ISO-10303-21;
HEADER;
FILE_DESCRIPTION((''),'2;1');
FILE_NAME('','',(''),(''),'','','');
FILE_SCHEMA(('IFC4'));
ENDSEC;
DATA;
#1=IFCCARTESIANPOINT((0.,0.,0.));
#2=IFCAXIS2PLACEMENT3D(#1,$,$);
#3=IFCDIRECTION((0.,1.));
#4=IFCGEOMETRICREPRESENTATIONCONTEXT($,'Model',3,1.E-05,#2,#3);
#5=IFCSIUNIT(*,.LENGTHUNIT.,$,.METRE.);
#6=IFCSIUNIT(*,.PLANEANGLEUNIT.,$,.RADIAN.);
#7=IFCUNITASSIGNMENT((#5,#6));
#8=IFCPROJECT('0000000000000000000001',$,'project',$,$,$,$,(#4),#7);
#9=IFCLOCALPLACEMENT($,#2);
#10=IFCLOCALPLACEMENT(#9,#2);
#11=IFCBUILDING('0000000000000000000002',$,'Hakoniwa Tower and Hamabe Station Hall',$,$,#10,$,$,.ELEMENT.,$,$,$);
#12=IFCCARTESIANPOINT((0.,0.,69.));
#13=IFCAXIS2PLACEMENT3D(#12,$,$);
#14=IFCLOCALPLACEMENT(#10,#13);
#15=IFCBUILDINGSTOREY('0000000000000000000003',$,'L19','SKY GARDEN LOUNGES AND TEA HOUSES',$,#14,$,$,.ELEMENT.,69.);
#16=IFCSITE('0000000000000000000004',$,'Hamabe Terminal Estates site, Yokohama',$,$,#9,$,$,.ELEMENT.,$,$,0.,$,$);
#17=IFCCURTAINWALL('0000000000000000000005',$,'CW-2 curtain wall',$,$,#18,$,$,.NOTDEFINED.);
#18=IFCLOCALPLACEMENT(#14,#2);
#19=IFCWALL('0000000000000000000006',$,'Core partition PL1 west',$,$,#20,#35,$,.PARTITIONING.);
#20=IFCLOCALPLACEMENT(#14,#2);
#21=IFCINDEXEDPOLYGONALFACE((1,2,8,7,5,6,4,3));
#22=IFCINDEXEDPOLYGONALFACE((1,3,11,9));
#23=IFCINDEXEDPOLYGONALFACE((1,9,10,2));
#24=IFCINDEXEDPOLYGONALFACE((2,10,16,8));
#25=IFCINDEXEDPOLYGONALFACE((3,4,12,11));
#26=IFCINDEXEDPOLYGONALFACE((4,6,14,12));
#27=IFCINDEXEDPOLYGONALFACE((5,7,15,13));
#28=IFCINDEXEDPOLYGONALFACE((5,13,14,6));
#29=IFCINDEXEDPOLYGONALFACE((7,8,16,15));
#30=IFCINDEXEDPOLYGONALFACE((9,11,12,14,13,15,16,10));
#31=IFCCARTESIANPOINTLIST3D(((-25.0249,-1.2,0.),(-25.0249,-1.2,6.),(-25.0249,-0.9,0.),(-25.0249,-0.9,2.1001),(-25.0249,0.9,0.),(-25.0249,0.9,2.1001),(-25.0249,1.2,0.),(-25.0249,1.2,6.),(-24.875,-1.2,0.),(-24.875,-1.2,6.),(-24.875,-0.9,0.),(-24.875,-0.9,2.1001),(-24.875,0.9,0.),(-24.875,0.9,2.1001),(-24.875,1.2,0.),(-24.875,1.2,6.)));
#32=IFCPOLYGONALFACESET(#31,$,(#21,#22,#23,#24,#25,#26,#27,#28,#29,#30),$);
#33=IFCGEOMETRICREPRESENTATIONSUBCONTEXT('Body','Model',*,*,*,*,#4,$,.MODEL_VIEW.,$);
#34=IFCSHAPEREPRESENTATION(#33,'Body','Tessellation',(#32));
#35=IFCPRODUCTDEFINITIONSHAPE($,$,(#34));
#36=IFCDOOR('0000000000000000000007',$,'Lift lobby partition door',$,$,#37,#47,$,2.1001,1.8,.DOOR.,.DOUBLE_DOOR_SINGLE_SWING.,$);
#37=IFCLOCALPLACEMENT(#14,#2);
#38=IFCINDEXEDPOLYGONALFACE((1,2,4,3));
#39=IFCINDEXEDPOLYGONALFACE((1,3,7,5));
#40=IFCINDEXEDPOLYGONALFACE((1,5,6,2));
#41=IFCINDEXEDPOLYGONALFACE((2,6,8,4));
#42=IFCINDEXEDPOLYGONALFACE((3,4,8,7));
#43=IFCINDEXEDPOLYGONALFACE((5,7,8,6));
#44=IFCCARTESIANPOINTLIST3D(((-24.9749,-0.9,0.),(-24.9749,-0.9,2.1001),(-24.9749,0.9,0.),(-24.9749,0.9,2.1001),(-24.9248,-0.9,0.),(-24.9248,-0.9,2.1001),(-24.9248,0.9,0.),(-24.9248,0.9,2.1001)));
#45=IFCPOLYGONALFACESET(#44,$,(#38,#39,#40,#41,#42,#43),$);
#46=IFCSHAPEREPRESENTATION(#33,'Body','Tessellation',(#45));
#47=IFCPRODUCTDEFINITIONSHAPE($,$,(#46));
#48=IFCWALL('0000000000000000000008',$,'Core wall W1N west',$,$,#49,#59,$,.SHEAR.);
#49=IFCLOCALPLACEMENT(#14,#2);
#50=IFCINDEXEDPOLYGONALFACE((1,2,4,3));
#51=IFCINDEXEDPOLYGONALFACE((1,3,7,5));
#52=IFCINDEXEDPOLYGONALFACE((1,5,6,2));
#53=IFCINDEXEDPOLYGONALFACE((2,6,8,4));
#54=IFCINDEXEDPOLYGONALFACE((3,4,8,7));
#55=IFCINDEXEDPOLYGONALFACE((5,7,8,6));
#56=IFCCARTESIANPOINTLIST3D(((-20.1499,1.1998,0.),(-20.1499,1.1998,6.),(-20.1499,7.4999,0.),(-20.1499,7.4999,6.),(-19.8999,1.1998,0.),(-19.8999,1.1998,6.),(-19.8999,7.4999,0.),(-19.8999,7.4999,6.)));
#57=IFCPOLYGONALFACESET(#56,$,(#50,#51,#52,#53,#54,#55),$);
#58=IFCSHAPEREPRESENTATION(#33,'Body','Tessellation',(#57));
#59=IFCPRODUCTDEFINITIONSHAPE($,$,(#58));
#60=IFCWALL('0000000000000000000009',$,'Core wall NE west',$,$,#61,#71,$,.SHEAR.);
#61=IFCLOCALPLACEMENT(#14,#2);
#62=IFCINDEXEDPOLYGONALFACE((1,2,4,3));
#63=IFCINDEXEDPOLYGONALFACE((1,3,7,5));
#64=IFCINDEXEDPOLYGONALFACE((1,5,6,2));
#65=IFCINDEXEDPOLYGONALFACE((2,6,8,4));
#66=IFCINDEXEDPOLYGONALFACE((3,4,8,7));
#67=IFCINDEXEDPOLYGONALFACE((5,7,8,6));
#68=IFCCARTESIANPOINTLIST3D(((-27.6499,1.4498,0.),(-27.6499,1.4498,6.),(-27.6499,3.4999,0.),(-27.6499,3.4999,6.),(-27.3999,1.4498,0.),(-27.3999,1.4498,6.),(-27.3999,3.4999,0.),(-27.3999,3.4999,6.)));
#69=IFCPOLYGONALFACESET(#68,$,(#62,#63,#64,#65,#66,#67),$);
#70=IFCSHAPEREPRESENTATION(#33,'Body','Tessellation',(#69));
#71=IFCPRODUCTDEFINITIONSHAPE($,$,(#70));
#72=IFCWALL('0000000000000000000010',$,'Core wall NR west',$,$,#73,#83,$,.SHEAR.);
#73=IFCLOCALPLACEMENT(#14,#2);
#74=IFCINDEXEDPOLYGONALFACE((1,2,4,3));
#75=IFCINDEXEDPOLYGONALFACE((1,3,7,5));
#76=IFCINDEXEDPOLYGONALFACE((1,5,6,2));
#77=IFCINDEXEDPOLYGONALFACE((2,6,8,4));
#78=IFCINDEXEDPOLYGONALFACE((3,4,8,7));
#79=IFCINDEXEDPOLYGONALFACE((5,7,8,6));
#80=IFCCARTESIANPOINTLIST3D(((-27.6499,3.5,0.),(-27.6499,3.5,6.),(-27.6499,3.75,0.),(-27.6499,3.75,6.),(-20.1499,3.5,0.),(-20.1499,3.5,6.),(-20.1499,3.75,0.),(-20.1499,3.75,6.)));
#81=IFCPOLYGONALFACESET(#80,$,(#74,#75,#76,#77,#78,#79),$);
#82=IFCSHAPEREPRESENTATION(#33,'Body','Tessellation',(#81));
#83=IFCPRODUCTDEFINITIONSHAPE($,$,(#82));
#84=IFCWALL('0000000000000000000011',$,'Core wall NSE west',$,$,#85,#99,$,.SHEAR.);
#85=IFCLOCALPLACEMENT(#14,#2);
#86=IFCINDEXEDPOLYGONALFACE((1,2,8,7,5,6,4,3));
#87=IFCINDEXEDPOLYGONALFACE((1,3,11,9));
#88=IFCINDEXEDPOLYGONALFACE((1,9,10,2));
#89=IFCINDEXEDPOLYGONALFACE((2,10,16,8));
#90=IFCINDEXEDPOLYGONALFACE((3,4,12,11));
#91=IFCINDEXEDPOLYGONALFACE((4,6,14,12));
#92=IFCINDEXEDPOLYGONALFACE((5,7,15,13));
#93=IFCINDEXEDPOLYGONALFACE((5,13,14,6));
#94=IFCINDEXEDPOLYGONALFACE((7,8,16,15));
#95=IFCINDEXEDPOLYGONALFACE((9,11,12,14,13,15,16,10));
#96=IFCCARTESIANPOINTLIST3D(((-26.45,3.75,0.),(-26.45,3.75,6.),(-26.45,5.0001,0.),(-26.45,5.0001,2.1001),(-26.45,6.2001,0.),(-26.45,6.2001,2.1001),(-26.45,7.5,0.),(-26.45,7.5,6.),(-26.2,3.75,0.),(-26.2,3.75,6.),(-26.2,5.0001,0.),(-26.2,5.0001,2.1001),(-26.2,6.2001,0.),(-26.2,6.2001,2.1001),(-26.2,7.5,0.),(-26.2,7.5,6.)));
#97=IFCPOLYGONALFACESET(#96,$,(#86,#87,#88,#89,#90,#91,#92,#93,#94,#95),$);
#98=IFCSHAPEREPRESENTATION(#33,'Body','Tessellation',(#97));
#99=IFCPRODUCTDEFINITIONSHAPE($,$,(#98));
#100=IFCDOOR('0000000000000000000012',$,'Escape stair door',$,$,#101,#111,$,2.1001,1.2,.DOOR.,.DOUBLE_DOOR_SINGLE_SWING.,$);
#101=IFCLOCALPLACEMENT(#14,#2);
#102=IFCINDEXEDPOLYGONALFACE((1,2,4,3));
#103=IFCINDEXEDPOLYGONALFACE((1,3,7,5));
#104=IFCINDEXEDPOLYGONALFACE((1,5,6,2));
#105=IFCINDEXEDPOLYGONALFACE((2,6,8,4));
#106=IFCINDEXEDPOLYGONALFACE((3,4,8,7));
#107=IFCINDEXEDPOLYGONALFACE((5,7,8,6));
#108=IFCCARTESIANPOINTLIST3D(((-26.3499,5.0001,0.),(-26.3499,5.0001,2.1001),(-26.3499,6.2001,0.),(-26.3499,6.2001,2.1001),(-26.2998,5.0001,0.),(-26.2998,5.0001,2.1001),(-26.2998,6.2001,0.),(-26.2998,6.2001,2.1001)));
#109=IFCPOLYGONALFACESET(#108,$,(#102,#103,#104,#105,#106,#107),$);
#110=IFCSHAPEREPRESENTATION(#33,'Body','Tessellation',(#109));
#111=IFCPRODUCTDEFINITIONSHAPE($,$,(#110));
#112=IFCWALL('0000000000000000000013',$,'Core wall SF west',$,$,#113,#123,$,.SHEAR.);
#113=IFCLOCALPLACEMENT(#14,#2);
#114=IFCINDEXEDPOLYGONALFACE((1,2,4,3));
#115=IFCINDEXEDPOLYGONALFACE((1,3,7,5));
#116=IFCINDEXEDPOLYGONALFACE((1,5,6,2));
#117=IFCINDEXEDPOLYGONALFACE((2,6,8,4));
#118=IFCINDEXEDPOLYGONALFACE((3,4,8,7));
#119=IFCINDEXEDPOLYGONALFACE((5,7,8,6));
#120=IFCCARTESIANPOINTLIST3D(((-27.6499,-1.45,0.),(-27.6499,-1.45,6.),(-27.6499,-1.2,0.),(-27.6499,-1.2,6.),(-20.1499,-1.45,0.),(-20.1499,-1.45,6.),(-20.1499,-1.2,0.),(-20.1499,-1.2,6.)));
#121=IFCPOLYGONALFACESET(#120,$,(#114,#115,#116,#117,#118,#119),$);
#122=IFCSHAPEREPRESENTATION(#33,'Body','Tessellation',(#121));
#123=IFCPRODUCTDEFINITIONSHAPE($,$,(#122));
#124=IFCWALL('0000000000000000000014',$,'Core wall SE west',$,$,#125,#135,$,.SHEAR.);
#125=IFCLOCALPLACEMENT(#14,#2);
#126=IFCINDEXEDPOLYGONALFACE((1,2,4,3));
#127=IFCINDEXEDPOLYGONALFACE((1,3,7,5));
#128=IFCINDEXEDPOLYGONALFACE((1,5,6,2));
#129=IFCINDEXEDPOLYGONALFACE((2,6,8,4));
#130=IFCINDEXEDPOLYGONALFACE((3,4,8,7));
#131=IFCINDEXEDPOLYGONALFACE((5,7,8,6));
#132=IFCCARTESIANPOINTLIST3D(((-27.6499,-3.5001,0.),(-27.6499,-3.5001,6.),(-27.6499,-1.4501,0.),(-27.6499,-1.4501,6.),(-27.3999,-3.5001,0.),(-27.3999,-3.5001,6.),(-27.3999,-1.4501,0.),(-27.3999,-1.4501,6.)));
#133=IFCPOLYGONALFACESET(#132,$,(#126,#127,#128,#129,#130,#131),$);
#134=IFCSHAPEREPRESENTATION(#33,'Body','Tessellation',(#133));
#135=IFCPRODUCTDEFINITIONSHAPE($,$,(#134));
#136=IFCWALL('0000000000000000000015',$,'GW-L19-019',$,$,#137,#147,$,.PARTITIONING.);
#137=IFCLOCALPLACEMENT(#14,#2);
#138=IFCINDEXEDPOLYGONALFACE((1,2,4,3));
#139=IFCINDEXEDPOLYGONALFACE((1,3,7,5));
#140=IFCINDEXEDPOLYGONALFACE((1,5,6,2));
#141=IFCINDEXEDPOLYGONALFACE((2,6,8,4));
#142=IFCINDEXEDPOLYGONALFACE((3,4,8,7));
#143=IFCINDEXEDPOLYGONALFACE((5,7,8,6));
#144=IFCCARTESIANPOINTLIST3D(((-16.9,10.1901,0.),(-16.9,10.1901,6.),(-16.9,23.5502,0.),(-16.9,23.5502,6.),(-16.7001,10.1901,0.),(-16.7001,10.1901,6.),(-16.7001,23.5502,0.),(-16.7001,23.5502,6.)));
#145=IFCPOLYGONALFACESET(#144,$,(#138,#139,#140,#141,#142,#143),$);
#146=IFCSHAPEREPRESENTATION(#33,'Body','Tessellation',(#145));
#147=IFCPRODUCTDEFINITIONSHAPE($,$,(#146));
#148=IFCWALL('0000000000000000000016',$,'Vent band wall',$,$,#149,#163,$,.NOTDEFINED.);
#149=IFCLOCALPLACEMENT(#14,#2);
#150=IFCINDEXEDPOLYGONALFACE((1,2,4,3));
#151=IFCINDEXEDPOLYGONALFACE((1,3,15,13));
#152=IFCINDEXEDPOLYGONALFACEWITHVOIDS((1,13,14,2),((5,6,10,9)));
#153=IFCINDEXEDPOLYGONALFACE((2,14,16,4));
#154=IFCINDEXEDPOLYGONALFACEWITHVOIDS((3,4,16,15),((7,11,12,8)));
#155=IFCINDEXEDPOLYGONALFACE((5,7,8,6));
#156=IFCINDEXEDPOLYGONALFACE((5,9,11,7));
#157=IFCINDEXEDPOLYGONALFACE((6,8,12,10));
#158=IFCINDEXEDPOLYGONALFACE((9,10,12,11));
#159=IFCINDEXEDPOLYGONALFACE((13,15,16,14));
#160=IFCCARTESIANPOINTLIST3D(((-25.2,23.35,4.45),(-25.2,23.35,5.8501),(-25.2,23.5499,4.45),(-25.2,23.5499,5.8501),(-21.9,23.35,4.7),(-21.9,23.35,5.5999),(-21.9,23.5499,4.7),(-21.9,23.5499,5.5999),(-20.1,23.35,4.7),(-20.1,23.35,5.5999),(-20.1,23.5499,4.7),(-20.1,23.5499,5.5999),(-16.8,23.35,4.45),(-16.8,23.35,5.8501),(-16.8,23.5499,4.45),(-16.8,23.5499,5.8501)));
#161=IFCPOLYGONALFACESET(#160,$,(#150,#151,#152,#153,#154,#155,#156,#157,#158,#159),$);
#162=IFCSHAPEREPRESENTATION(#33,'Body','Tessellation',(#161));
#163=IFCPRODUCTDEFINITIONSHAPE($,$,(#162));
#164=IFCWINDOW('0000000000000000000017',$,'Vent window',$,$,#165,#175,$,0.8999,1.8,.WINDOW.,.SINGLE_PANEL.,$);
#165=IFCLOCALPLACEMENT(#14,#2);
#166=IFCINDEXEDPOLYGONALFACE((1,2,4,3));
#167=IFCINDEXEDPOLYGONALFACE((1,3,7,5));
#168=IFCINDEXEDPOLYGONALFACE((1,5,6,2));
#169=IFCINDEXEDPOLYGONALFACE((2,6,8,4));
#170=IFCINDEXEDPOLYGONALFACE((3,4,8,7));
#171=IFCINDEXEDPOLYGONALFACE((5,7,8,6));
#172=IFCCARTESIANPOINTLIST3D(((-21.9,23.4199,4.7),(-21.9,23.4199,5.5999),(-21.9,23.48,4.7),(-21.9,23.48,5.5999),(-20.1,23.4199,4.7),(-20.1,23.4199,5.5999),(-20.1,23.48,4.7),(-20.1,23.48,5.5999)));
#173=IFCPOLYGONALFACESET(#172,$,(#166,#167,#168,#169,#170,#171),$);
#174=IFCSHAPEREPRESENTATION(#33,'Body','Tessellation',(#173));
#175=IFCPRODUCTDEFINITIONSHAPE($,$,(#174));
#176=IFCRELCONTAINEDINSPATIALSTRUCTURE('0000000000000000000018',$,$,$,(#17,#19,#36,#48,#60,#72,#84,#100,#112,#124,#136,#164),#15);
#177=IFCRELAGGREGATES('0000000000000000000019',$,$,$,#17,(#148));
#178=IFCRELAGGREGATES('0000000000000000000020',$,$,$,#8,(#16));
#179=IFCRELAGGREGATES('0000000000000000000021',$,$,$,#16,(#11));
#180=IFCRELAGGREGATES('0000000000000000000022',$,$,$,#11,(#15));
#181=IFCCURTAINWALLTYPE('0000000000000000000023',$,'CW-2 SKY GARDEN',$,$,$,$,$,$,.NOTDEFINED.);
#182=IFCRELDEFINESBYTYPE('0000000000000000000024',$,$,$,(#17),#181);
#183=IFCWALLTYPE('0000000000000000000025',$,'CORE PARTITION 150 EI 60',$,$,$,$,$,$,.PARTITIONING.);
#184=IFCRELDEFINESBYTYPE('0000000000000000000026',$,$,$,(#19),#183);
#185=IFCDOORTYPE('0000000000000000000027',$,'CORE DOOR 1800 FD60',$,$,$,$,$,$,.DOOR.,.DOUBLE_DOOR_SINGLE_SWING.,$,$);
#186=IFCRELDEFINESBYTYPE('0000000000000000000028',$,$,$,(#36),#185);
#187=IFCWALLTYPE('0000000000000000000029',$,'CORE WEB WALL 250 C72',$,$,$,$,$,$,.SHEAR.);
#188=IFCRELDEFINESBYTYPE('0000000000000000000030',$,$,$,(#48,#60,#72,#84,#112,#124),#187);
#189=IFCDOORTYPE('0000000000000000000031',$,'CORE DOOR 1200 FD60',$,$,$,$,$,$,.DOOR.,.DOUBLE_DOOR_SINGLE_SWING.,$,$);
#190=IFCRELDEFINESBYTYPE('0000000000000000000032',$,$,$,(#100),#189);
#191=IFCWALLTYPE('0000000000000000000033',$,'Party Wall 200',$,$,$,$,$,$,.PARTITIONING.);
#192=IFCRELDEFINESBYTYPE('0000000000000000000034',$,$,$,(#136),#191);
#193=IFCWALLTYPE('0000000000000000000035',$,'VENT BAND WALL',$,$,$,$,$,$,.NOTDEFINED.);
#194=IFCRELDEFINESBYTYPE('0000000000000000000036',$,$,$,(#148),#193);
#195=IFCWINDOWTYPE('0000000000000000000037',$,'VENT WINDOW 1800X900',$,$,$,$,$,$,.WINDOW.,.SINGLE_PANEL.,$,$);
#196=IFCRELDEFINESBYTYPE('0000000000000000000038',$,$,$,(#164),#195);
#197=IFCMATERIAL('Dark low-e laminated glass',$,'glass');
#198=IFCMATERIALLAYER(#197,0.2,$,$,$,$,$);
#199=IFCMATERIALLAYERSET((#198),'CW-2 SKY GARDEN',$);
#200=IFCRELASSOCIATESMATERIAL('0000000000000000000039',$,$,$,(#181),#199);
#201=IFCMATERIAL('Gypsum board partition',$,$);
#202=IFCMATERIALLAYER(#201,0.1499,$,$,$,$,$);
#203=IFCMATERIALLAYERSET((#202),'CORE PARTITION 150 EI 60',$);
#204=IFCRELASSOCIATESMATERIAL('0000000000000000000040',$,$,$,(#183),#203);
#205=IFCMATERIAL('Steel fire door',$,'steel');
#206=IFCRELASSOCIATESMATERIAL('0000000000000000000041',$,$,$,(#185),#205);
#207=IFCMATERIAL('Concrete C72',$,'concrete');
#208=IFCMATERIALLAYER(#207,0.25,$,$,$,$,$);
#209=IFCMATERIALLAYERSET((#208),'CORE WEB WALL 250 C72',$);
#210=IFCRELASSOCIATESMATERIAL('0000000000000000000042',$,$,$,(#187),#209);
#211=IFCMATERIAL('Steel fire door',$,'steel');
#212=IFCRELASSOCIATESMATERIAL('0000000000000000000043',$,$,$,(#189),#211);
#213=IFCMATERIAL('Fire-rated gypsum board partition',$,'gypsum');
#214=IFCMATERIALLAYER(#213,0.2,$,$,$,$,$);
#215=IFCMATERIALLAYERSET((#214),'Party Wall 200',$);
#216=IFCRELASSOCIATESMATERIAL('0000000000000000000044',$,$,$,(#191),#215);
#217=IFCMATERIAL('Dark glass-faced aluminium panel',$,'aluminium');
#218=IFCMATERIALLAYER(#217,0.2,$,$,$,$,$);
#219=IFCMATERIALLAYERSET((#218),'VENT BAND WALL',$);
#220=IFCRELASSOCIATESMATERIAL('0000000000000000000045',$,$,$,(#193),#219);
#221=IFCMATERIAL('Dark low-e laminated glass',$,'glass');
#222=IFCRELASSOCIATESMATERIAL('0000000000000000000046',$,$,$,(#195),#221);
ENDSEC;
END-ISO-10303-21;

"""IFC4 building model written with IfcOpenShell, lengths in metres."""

from ifc_helpers import new_model, si_unit, direction, frame, frame_2d, origin, place, context, subcontext, project, spatial, rectangle, extrude, material, layer, layer_set, type_object, element, fill, aggregate, save


model = new_model("IFC4")

# Units and contexts
model_context = context("Model", 3, precision=1e-05, world=origin(), true_north=direction((0.0, 1.0)))
body_context = subcontext(model_context, "Body", "Model", "MODEL_VIEW")
ifc_project = project(units=[si_unit("LENGTHUNIT", "METRE"), si_unit("PLANEANGLEUNIT", "RADIAN")], contexts=[model_context])

# Site, building, storey
site_placement = place(None, origin())
site = spatial("IfcSite", under=ifc_project, at=site_placement, Name="Hamabe Terminal Estates site, Yokohama", CompositionType="ELEMENT", RefElevation=0.0)
building_placement = place(site_placement, origin())
building = spatial("IfcBuilding", under=site, at=building_placement, Name="Hakoniwa Tower and Hamabe Station Hall", CompositionType="ELEMENT")
storey_placement = place(building_placement, frame((0.0, 0.0, 69.0)))
storey = spatial("IfcBuildingStorey", under=building, at=storey_placement, Name="L19", Description="SKY GARDEN LOUNGES AND TEA HOUSES", CompositionType="ELEMENT", Elevation=69.0)

# Curtain wall
ifc_material_1 = material(Name="Dark low-e laminated glass", Category="glass")
ifc_layer_1 = layer(ifc_material_1, 0.2)
ifc_layer_set_1 = layer_set([ifc_layer_1], Name="CW-2 SKY GARDEN")
curtain_wall_type = type_object("IfcCurtainWallType", Name="CW-2 SKY GARDEN", PredefinedType="NOTDEFINED", material=ifc_layer_set_1)
curtain_wall_placement = place(storey_placement, origin())
curtain_wall = element("IfcCurtainWall", 1, at=curtain_wall_placement, inside=storey, type_object=curtain_wall_type, Name="CW-2 curtain wall", PredefinedType="NOTDEFINED")

# Wall, opening, door
ifc_material_2 = material(Name="Gypsum board partition")
ifc_layer_2 = layer(ifc_material_2, 0.1499)
ifc_layer_set_2 = layer_set([ifc_layer_2], Name="CORE PARTITION 150 EI 60")
wall_type_1 = type_object("IfcWallType", Name="CORE PARTITION 150 EI 60", PredefinedType="PARTITIONING", material=ifc_layer_set_2)
ifc_material_3 = material(Name="Steel fire door", Category="steel")
door_type_1 = type_object("IfcDoorType", Name="CORE DOOR 1800 FD60", OperationType="DOUBLE_DOOR_SINGLE_SWING", PredefinedType="DOOR", material=ifc_material_3)
wall_1_placement = place(storey_placement, frame((-24.95, -1.2, 0.0), z_axis=(0.0, 0.0, 1.0), x_axis=(0.0, 1.0, 0.0)))
wall_1 = element("IfcWall", 2, at=wall_1_placement, inside=storey, type_object=wall_type_1, Name="Core partition PL1 west", PredefinedType="PARTITIONING", context=body_context, shape_type="SweptSolid", body=[
    extrude(rectangle(XDim=2.3999, YDim=0.1499, at=frame_2d((1.2, 0.0))), origin(), (0.0, 0.0, 1.0), 6.0),
])
opening_1_placement = place(wall_1_placement, frame((0.3, 0.0, 0.0)))
opening_1 = element("IfcOpeningElement", 3, at=opening_1_placement, cuts=wall_1, PredefinedType="OPENING", context=body_context, shape_type="SweptSolid", body=[
    extrude(rectangle(XDim=1.8, YDim=2.1001, at=frame_2d((0.8999, 1.05))), frame((0.0, 0.085, 0.0), z_axis=(0.0, -1.0, 0.0), x_axis=(1.0, 0.0, 0.0)), (0.0, 0.0, 1.0), 0.1699),
])
door_1_placement = place(opening_1_placement, origin())
door_1 = element("IfcDoor", 4, at=door_1_placement, inside=storey, type_object=door_type_1, Name="Lift lobby partition door", OperationType="DOUBLE_DOOR_SINGLE_SWING", OverallHeight=2.1001, OverallWidth=1.8, PredefinedType="DOOR", context=body_context, shape_type="SweptSolid", body=[
    extrude(rectangle(XDim=1.8, YDim=2.1001, at=frame_2d((0.8999, 1.05))), frame((0.0, 0.0249, 0.0), z_axis=(0.0, -1.0, 0.0), x_axis=(1.0, 0.0, 0.0)), (0.0, 0.0, 1.0), 0.05),
])
fill(opening_1, door_1)

# Walls
ifc_material_4 = material(Name="Concrete C72", Category="concrete")
ifc_layer_3 = layer(ifc_material_4, 0.25)
ifc_layer_set_3 = layer_set([ifc_layer_3], Name="CORE WEB WALL 250 C72")
wall_type_2 = type_object("IfcWallType", Name="CORE WEB WALL 250 C72", PredefinedType="SHEAR", material=ifc_layer_set_3)
wall_2_placement = place(storey_placement, frame((-20.0249, 1.2, 0.0), z_axis=(0.0, 0.0, 1.0), x_axis=(0.0, 1.0, 0.0)))
element("IfcWall", 5, at=wall_2_placement, inside=storey, type_object=wall_type_2, Name="Core wall W1N west", PredefinedType="SHEAR", context=body_context, shape_type="SweptSolid", body=[
    extrude(rectangle(XDim=6.3, YDim=0.25, at=frame_2d((3.1499, 0.0))), origin(), (0.0, 0.0, 1.0), 6.0),
])
wall_3_placement = place(storey_placement, frame((-27.5249, 1.45, 0.0), z_axis=(0.0, 0.0, 1.0), x_axis=(0.0, 1.0, 0.0)))
element("IfcWall", 6, at=wall_3_placement, inside=storey, type_object=wall_type_2, Name="Core wall NE west", PredefinedType="SHEAR", context=body_context, shape_type="SweptSolid", body=[
    extrude(rectangle(XDim=2.05, YDim=0.25, at=frame_2d((1.0249, 0.0))), origin(), (0.0, 0.0, 1.0), 6.0),
])
wall_4_placement = place(storey_placement, frame((-27.6499, 3.625, 0.0), z_axis=(0.0, 0.0, 1.0), x_axis=(1.0, 0.0, 0.0)))
element("IfcWall", 7, at=wall_4_placement, inside=storey, type_object=wall_type_2, Name="Core wall NR west", PredefinedType="SHEAR", context=body_context, shape_type="SweptSolid", body=[
    extrude(rectangle(XDim=7.5, YDim=0.25, at=frame_2d((3.75, 0.0))), origin(), (0.0, 0.0, 1.0), 6.0),
])

# Wall, opening, door
wall_5_placement = place(storey_placement, frame((-26.325, 3.75, 0.0), z_axis=(0.0, 0.0, 1.0), x_axis=(0.0, 1.0, 0.0)))
wall_5 = element("IfcWall", 8, at=wall_5_placement, inside=storey, type_object=wall_type_2, Name="Core wall NSE west", PredefinedType="SHEAR", context=body_context, shape_type="SweptSolid", body=[
    extrude(rectangle(XDim=3.75, YDim=0.25, at=frame_2d((1.875, 0.0))), origin(), (0.0, 0.0, 1.0), 6.0),
])
opening_2_placement = place(wall_5_placement, frame((1.25, 0.0, 0.0)))
opening_2 = element("IfcOpeningElement", 9, at=opening_2_placement, cuts=wall_5, PredefinedType="OPENING", context=body_context, shape_type="SweptSolid", body=[
    extrude(rectangle(XDim=1.2, YDim=2.1001, at=frame_2d((0.6001, 1.05))), frame((0.0, 0.135, 0.0), z_axis=(0.0, -1.0, 0.0), x_axis=(1.0, 0.0, 0.0)), (0.0, 0.0, 1.0), 0.27),
])
ifc_material_5 = material(Name="Steel fire door", Category="steel")
door_type_2 = type_object("IfcDoorType", Name="CORE DOOR 1200 FD60", OperationType="DOUBLE_DOOR_SINGLE_SWING", PredefinedType="DOOR", material=ifc_material_5)
door_2_placement = place(opening_2_placement, origin())
door_2 = element("IfcDoor", 10, at=door_2_placement, inside=storey, type_object=door_type_2, Name="Escape stair door", OperationType="DOUBLE_DOOR_SINGLE_SWING", OverallHeight=2.1001, OverallWidth=1.2, PredefinedType="DOOR", context=body_context, shape_type="SweptSolid", body=[
    extrude(rectangle(XDim=1.2, YDim=2.1001, at=frame_2d((0.6001, 1.05))), frame((0.0, 0.0249, 0.0), z_axis=(0.0, -1.0, 0.0), x_axis=(1.0, 0.0, 0.0)), (0.0, 0.0, 1.0), 0.05),
])
fill(opening_2, door_2)

# Walls
wall_6_placement = place(storey_placement, frame((-27.6499, -1.325, 0.0), z_axis=(0.0, 0.0, 1.0), x_axis=(1.0, 0.0, 0.0)))
element("IfcWall", 11, at=wall_6_placement, inside=storey, type_object=wall_type_2, Name="Core wall SF west", PredefinedType="SHEAR", context=body_context, shape_type="SweptSolid", body=[
    extrude(rectangle(XDim=7.5, YDim=0.25, at=frame_2d((3.75, 0.0))), origin(), (0.0, 0.0, 1.0), 6.0),
])
wall_7_placement = place(storey_placement, frame((-27.5249, -3.5, 0.0), z_axis=(0.0, 0.0, 1.0), x_axis=(0.0, 1.0, 0.0)))
element("IfcWall", 12, at=wall_7_placement, inside=storey, type_object=wall_type_2, Name="Core wall SE west", PredefinedType="SHEAR", context=body_context, shape_type="SweptSolid", body=[
    extrude(rectangle(XDim=2.05, YDim=0.25, at=frame_2d((1.0249, 0.0))), origin(), (0.0, 0.0, 1.0), 6.0),
])
ifc_material_6 = material(Name="Fire-rated gypsum board partition", Category="gypsum")
ifc_layer_4 = layer(ifc_material_6, 0.2)
ifc_layer_set_4 = layer_set([ifc_layer_4], Name="Party Wall 200")
wall_type_3 = type_object("IfcWallType", Name="Party Wall 200", PredefinedType="PARTITIONING", material=ifc_layer_set_4)
wall_8_placement = place(storey_placement, frame((-16.8, 10.1899, 0.0), z_axis=(0.0, 0.0, 1.0), x_axis=(0.0, 1.0, 0.0)))
element("IfcWall", 13, at=wall_8_placement, inside=storey, type_object=wall_type_3, Name="GW-L19-019", PredefinedType="PARTITIONING", context=body_context, shape_type="SweptSolid", body=[
    extrude(rectangle(XDim=13.3601, YDim=0.2, at=frame_2d((6.6802, 0.0))), origin(), (0.0, 0.0, 1.0), 6.0),
])

# Wall, opening, window
ifc_material_7 = material(Name="Dark glass-faced aluminium panel", Category="aluminium")
ifc_layer_5 = layer(ifc_material_7, 0.2)
ifc_layer_set_5 = layer_set([ifc_layer_5], Name="VENT BAND WALL")
wall_type_4 = type_object("IfcWallType", Name="VENT BAND WALL", PredefinedType="NOTDEFINED", material=ifc_layer_set_5)
wall_9_placement = place(storey_placement, frame((-16.8, 23.45, 4.45), z_axis=(0.0, 0.0, 1.0), x_axis=(-1.0, 0.0, 0.0)))
wall_9 = element("IfcWall", 14, at=wall_9_placement, type_object=wall_type_4, Name="Vent band wall", PredefinedType="NOTDEFINED", context=body_context, shape_type="SweptSolid", body=[
    extrude(rectangle(XDim=8.3999, YDim=0.2, at=frame_2d((4.2, 0.0))), origin(), (0.0, 0.0, 1.0), 1.4001),
])
opening_3_placement = place(wall_9_placement, frame((3.3, 0.0, 0.25)))
opening_3 = element("IfcOpeningElement", 15, at=opening_3_placement, cuts=wall_9, PredefinedType="OPENING", context=body_context, shape_type="SweptSolid", body=[
    extrude(rectangle(XDim=1.8, YDim=0.8999, at=frame_2d((0.8999, 0.45))), frame((0.0, 0.1099, 0.0), z_axis=(0.0, -1.0, 0.0), x_axis=(1.0, 0.0, 0.0)), (0.0, 0.0, 1.0), 0.22),
])
ifc_material_8 = material(Name="Dark low-e laminated glass", Category="glass")
window_type = type_object("IfcWindowType", Name="VENT WINDOW 1800X900", PartitioningType="SINGLE_PANEL", PredefinedType="WINDOW", material=ifc_material_8)
window_1_placement = place(opening_3_placement, origin())
window_1 = element("IfcWindow", 16, at=window_1_placement, inside=storey, type_object=window_type, Name="Vent window", OverallHeight=0.8999, OverallWidth=1.8, PartitioningType="SINGLE_PANEL", PredefinedType="WINDOW", context=body_context, shape_type="SweptSolid", body=[
    extrude(rectangle(XDim=1.8, YDim=0.8999, at=frame_2d((0.8999, 0.45))), frame((0.0, 0.03, 0.0), z_axis=(0.0, -1.0, 0.0), x_axis=(1.0, 0.0, 0.0)), (0.0, 0.0, 1.0), 0.0601),
])
fill(opening_3, window_1)
aggregate(curtain_wall, [wall_9])

save(model, "model.ifc")
